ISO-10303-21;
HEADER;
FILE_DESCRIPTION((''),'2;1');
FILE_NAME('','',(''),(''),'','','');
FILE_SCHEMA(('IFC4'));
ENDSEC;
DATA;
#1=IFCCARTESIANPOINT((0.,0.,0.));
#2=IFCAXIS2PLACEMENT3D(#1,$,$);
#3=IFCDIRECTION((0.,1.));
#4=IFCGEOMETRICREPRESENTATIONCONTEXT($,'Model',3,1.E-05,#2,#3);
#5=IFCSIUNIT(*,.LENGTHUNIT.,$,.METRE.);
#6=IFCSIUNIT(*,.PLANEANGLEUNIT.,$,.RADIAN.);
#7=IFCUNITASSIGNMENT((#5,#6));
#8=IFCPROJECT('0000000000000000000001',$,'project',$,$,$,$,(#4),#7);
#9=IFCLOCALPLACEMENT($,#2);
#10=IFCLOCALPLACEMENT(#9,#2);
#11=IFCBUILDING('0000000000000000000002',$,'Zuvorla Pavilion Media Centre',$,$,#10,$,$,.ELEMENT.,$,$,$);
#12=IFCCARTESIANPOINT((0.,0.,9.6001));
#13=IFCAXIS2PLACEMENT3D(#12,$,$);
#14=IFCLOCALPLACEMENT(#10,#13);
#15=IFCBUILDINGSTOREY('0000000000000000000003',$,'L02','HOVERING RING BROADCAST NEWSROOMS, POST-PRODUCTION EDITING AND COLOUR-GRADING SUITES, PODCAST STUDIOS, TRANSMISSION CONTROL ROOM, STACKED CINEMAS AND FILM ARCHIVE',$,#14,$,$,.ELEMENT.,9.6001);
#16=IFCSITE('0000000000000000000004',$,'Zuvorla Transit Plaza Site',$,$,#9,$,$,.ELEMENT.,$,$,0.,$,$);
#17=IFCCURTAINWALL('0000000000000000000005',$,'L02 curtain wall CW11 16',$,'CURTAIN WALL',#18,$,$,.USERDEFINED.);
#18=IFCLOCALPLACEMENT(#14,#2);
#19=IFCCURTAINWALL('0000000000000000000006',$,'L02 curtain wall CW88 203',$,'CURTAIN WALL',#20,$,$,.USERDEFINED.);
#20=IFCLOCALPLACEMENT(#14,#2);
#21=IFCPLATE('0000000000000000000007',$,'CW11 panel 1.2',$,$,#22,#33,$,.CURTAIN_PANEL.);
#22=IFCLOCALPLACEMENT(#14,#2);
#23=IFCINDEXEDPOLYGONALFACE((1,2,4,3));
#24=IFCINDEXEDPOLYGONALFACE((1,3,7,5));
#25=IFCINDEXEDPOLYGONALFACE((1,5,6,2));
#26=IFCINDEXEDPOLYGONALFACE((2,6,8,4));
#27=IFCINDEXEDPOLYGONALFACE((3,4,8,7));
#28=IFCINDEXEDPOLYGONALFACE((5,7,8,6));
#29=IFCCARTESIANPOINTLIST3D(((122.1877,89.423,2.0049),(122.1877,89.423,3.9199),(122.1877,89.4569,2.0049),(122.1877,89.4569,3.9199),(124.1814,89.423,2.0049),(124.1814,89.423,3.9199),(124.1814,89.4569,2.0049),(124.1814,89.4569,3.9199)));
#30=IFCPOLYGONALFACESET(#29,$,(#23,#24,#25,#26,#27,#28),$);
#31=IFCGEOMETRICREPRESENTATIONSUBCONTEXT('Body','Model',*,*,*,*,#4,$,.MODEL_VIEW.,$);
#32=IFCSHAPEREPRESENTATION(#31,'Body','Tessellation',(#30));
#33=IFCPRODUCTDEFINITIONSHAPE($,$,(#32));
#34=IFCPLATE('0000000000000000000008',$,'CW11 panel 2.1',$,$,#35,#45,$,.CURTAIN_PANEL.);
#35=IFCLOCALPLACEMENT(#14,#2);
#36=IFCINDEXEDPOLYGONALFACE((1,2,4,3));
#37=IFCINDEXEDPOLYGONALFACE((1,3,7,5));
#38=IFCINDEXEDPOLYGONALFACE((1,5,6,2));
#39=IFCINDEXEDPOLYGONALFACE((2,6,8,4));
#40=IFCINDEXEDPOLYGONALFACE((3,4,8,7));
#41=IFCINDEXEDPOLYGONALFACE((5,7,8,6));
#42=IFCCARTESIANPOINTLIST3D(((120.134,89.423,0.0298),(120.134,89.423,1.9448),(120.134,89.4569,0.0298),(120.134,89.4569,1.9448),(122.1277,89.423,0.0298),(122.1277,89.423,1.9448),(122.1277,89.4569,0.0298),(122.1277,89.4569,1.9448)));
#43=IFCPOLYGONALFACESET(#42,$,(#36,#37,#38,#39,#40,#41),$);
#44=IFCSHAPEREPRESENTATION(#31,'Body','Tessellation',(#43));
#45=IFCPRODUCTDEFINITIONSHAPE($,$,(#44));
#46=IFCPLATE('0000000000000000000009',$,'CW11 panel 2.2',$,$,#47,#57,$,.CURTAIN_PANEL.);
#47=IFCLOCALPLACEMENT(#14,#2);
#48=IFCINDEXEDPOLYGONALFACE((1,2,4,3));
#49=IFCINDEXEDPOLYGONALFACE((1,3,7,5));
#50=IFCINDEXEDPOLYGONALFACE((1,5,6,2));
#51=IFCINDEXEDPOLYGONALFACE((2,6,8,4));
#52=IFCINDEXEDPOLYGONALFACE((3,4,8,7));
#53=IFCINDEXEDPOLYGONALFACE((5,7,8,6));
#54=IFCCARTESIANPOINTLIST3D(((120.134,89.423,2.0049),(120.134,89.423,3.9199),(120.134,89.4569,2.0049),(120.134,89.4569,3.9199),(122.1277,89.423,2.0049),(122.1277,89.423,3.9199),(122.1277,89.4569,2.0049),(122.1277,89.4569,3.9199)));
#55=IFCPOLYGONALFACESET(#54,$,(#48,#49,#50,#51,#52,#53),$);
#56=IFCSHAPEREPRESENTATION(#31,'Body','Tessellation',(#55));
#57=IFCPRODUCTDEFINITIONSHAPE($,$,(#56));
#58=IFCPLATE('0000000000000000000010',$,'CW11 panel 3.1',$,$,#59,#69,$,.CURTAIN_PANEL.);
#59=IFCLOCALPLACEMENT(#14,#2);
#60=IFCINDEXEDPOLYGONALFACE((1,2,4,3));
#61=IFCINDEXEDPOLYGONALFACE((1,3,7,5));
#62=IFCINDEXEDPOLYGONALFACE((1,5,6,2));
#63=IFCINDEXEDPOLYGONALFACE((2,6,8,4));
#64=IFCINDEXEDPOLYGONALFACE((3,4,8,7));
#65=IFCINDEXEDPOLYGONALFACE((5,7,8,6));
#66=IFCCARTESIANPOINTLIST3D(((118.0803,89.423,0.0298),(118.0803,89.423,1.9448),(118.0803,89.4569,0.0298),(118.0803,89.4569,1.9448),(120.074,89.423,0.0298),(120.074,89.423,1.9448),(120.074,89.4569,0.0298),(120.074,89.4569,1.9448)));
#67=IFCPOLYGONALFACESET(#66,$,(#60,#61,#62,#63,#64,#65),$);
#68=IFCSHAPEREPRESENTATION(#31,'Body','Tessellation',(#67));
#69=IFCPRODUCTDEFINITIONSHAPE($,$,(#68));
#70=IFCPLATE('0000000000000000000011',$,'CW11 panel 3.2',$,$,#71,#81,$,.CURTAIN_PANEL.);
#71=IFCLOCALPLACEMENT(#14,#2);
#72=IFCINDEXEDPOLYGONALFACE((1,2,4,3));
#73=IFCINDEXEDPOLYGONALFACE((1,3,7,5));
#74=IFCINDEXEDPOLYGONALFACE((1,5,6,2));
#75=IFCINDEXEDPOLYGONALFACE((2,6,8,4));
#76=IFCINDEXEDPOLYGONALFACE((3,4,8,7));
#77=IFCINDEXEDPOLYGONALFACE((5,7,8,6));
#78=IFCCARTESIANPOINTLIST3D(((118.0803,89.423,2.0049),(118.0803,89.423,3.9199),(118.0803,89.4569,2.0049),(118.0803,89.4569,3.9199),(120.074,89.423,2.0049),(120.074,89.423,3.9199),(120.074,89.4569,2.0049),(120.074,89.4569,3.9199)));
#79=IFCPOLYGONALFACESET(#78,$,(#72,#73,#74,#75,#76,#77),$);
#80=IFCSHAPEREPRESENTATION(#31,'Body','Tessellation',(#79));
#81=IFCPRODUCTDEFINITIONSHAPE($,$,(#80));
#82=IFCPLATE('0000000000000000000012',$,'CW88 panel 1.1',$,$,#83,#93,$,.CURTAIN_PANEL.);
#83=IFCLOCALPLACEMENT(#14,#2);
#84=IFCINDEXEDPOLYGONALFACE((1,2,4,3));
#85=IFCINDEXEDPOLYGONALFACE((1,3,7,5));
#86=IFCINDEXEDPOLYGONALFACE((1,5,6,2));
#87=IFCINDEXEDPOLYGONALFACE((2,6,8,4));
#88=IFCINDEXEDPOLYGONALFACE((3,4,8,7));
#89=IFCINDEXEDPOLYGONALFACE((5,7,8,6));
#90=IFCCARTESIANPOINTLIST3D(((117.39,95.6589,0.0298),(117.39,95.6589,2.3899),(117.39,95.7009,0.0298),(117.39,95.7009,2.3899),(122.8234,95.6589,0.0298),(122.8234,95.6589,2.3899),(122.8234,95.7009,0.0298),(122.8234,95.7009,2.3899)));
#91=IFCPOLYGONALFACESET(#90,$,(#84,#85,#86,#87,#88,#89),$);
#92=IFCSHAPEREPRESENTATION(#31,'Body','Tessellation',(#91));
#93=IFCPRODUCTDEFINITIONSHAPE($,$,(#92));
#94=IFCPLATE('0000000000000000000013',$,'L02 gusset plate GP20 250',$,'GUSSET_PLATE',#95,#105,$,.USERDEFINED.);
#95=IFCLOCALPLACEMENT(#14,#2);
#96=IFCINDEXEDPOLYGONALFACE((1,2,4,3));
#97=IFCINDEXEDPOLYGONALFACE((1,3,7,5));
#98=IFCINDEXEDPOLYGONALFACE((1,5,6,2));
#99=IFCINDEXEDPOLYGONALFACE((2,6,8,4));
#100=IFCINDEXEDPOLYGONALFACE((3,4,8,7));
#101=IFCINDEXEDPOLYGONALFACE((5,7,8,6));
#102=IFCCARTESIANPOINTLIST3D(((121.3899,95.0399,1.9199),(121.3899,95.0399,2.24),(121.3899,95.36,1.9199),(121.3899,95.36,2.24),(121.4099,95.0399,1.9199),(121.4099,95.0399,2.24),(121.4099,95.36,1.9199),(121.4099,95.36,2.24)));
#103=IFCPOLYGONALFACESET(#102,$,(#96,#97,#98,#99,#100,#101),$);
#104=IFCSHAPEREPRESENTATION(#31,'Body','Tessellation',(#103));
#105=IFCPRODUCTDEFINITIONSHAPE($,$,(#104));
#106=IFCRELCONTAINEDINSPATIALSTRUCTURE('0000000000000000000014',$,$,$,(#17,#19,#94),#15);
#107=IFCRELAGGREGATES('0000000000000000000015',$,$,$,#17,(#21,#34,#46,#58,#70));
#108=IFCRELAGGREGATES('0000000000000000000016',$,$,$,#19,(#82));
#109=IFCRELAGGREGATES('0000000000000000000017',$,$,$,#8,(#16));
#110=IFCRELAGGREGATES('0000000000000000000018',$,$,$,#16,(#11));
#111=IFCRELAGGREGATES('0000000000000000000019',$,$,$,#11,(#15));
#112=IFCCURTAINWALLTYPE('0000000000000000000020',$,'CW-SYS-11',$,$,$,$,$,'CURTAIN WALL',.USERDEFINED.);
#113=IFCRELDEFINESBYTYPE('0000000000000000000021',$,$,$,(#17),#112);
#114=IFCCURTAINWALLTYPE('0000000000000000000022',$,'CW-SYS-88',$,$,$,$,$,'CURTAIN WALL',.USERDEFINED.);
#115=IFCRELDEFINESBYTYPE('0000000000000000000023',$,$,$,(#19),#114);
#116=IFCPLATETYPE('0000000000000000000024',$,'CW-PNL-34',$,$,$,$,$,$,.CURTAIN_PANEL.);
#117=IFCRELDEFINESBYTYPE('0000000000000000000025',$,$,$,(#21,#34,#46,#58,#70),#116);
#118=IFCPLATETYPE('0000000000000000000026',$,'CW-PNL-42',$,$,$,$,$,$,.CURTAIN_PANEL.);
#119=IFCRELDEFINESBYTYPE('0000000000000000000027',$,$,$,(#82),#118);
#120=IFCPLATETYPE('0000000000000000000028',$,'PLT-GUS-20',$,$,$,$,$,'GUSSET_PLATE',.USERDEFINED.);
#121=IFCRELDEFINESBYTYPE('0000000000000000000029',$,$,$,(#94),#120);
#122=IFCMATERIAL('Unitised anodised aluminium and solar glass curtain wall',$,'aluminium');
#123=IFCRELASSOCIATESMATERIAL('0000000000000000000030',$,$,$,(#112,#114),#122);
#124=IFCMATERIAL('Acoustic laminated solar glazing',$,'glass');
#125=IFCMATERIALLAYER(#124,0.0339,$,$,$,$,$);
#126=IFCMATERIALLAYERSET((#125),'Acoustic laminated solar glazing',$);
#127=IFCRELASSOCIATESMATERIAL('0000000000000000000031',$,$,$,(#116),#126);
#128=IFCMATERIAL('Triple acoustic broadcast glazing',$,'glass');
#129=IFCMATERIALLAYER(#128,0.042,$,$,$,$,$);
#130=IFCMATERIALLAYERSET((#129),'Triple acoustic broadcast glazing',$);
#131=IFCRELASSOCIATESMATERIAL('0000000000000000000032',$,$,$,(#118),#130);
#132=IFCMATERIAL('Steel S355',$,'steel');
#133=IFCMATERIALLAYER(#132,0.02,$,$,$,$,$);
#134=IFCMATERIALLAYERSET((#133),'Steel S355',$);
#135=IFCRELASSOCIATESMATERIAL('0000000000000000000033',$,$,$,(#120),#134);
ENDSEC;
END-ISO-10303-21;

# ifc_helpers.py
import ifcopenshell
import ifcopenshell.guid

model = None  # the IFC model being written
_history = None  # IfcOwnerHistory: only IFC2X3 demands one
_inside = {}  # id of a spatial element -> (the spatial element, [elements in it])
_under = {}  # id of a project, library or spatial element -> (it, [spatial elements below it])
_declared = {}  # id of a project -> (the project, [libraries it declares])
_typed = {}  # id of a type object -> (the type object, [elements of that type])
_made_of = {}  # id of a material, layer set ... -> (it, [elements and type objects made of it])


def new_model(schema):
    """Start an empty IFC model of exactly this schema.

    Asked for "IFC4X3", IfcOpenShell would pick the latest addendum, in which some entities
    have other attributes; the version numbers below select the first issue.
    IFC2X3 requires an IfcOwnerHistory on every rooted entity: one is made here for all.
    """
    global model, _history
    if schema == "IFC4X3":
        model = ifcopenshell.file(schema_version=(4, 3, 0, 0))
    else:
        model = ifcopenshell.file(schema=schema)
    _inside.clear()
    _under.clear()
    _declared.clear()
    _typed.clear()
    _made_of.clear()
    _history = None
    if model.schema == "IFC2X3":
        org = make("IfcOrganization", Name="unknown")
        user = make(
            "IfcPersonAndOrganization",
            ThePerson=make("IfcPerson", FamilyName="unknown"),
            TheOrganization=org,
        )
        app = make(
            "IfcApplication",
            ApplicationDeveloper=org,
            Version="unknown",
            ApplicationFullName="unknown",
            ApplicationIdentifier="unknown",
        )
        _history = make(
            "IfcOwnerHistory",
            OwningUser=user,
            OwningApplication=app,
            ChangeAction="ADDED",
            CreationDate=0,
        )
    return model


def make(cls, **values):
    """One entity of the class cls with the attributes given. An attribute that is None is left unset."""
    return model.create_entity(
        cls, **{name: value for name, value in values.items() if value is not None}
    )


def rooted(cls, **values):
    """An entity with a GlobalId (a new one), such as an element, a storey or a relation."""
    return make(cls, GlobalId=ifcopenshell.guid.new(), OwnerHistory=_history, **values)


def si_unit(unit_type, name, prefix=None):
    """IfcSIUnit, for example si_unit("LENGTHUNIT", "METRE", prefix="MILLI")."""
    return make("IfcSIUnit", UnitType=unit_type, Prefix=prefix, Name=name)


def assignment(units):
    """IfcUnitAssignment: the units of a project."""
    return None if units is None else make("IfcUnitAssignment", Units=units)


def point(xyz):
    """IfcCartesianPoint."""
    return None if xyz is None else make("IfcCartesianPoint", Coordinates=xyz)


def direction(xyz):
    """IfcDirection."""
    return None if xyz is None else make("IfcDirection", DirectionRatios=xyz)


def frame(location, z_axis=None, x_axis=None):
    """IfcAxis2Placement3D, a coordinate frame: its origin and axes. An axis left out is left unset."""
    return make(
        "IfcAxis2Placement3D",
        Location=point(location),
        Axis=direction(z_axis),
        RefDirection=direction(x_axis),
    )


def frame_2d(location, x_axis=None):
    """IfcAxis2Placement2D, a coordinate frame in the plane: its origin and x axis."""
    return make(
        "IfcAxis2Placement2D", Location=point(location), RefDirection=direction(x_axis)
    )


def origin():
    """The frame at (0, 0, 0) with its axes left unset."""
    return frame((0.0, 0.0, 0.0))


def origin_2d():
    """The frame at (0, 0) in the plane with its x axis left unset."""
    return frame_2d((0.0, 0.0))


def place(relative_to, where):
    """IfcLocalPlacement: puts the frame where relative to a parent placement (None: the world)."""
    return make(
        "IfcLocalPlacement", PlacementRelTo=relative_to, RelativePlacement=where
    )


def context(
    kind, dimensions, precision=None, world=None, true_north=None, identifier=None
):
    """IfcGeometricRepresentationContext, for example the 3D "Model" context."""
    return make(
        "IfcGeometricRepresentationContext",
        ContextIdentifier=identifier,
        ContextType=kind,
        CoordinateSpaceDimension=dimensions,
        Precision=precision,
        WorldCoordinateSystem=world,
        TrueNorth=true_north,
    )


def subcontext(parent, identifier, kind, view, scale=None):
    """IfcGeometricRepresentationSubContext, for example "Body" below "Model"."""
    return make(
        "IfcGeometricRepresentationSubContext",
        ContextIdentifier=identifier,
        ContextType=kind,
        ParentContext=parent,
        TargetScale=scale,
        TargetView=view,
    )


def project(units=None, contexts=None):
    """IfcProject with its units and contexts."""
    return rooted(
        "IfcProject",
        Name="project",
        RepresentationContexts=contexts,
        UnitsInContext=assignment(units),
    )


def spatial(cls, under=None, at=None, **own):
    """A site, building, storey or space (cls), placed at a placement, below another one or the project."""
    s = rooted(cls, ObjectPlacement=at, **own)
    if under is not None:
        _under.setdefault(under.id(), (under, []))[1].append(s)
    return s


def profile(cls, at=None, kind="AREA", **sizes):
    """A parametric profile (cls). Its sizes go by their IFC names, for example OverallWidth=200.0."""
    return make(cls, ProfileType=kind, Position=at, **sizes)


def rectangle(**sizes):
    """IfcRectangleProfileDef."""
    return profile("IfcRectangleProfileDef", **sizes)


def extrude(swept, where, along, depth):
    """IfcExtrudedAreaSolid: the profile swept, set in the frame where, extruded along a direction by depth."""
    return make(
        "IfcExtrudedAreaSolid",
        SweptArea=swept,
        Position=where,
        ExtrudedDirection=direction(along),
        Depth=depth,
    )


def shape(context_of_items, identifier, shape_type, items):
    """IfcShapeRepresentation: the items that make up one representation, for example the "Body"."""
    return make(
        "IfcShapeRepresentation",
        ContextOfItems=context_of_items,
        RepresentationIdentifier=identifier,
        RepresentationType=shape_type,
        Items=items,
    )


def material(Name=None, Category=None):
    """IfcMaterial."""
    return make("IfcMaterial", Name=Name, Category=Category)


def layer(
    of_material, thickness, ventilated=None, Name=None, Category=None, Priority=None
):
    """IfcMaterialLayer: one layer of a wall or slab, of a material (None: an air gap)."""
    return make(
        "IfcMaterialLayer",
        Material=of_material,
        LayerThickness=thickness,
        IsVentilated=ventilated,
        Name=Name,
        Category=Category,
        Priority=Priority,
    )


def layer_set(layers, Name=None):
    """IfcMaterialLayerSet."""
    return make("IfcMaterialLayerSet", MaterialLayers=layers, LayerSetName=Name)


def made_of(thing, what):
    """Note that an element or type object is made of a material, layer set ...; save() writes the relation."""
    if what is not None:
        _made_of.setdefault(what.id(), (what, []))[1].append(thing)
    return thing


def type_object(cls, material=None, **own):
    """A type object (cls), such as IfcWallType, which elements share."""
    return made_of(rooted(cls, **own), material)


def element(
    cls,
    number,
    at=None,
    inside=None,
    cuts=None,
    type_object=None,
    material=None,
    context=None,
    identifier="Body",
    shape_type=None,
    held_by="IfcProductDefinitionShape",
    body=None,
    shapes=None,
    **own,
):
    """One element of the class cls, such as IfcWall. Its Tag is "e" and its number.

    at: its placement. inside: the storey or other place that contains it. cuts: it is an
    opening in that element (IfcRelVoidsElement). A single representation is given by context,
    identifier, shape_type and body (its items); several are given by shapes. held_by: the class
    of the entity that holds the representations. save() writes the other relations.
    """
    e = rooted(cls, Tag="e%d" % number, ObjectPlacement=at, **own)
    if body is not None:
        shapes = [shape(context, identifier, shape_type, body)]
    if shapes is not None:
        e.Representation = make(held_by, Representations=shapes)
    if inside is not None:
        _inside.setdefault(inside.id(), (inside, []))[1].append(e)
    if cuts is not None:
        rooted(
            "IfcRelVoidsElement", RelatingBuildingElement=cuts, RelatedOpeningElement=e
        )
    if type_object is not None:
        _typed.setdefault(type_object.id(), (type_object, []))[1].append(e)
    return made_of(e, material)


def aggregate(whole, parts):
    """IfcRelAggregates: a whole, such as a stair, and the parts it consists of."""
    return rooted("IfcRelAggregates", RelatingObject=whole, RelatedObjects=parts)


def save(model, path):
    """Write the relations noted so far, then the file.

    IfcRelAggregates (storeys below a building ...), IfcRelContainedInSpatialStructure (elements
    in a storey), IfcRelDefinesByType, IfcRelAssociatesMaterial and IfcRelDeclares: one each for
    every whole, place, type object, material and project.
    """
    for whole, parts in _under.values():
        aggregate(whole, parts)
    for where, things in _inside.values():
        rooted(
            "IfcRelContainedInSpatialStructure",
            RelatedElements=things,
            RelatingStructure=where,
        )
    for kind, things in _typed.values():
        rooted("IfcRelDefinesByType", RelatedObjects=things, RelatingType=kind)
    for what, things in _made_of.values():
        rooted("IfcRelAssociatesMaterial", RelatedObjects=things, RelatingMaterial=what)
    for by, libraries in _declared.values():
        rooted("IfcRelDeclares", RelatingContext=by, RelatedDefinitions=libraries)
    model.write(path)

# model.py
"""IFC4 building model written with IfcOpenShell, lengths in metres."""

from ifc_helpers import new_model, si_unit, direction, frame, origin, origin_2d, place, context, subcontext, project, spatial, rectangle, extrude, material, layer, layer_set, type_object, element, aggregate, save


model = new_model("IFC4")

# Units and contexts
model_context = context("Model", 3, precision=1e-05, world=origin(), true_north=direction((0.0, 1.0)))
body_context = subcontext(model_context, "Body", "Model", "MODEL_VIEW")
ifc_project = project(units=[si_unit("LENGTHUNIT", "METRE"), si_unit("PLANEANGLEUNIT", "RADIAN")], contexts=[model_context])

# Site, building, storey
site_placement = place(None, origin())
site = spatial("IfcSite", under=ifc_project, at=site_placement, Name="Zuvorla Transit Plaza Site", CompositionType="ELEMENT", RefElevation=0.0)
building_placement = place(site_placement, origin())
building = spatial("IfcBuilding", under=site, at=building_placement, Name="Zuvorla Pavilion Media Centre", CompositionType="ELEMENT")
storey_placement = place(building_placement, frame((0.0, 0.0, 9.6001)))
storey = spatial("IfcBuildingStorey", under=building, at=storey_placement, Name="L02", Description="HOVERING RING BROADCAST NEWSROOMS, POST-PRODUCTION EDITING AND COLOUR-GRADING SUITES, PODCAST STUDIOS, TRANSMISSION CONTROL ROOM, STACKED CINEMAS AND FILM ARCHIVE", CompositionType="ELEMENT", Elevation=9.6001)

# Shared definitions
ifc_material_1 = material(Name="Steel S355", Category="steel")

# Curtain wall
ifc_material_2 = material(Name="Unitised anodised aluminium and solar glass curtain wall", Category="aluminium")
curtain_wall_type_1 = type_object("IfcCurtainWallType", Name="CW-SYS-11", ElementType="CURTAIN WALL", PredefinedType="USERDEFINED", material=ifc_material_2)
curtain_wall_1_placement = place(storey_placement, origin())
curtain_wall_1 = element("IfcCurtainWall", 1, at=curtain_wall_1_placement, inside=storey, type_object=curtain_wall_type_1, Name="L02 curtain wall CW11 16", ObjectType="CURTAIN WALL", PredefinedType="USERDEFINED")

# Curtain wall
curtain_wall_type_2 = type_object("IfcCurtainWallType", Name="CW-SYS-88", ElementType="CURTAIN WALL", PredefinedType="USERDEFINED", material=ifc_material_2)
curtain_wall_2_placement = place(storey_placement, origin())
curtain_wall_2 = element("IfcCurtainWall", 2, at=curtain_wall_2_placement, inside=storey, type_object=curtain_wall_type_2, Name="L02 curtain wall CW88 203", ObjectType="CURTAIN WALL", PredefinedType="USERDEFINED")

# Plates
ifc_material_3 = material(Name="Acoustic laminated solar glazing", Category="glass")
ifc_layer_1 = layer(ifc_material_3, 0.0339)
ifc_layer_set_1 = layer_set([ifc_layer_1], Name="Acoustic laminated solar glazing")
plate_type_1 = type_object("IfcPlateType", Name="CW-PNL-34", PredefinedType="CURTAIN_PANEL", material=ifc_layer_set_1)
plate_1_placement = place(storey_placement, frame((123.1846, 89.4399, 2.0049), z_axis=(0.0, 0.0, 1.0), x_axis=(-1.0, 0.0, 0.0)))
plate_1 = element("IfcPlate", 3, at=plate_1_placement, type_object=plate_type_1, Name="CW11 panel 1.2", PredefinedType="CURTAIN_PANEL", context=body_context, shape_type="SweptSolid", body=[
    extrude(rectangle(XDim=1.9937, YDim=0.0339, at=origin_2d()), origin(), (0.0, 0.0, 1.0), 1.915),
])
plate_2_placement = place(storey_placement, frame((121.1309, 89.4399, 0.0298), z_axis=(0.0, 0.0, 1.0), x_axis=(-1.0, 0.0, 0.0)))
plate_2 = element("IfcPlate", 4, at=plate_2_placement, type_object=plate_type_1, Name="CW11 panel 2.1", PredefinedType="CURTAIN_PANEL", context=body_context, shape_type="SweptSolid", body=[
    extrude(rectangle(XDim=1.9937, YDim=0.0339, at=origin_2d()), origin(), (0.0, 0.0, 1.0), 1.915),
])
plate_3_placement = place(storey_placement, frame((121.1309, 89.4399, 2.0049), z_axis=(0.0, 0.0, 1.0), x_axis=(-1.0, 0.0, 0.0)))
plate_3 = element("IfcPlate", 5, at=plate_3_placement, type_object=plate_type_1, Name="CW11 panel 2.2", PredefinedType="CURTAIN_PANEL", context=body_context, shape_type="SweptSolid", body=[
    extrude(rectangle(XDim=1.9937, YDim=0.0339, at=origin_2d()), origin(), (0.0, 0.0, 1.0), 1.915),
])
plate_4_placement = place(storey_placement, frame((119.0771, 89.4399, 0.0298), z_axis=(0.0, 0.0, 1.0), x_axis=(-1.0, 0.0, 0.0)))
plate_4 = element("IfcPlate", 6, at=plate_4_placement, type_object=plate_type_1, Name="CW11 panel 3.1", PredefinedType="CURTAIN_PANEL", context=body_context, shape_type="SweptSolid", body=[
    extrude(rectangle(XDim=1.9937, YDim=0.0339, at=origin_2d()), origin(), (0.0, 0.0, 1.0), 1.915),
])
plate_5_placement = place(storey_placement, frame((119.0771, 89.4399, 2.0049), z_axis=(0.0, 0.0, 1.0), x_axis=(-1.0, 0.0, 0.0)))
plate_5 = element("IfcPlate", 7, at=plate_5_placement, type_object=plate_type_1, Name="CW11 panel 3.2", PredefinedType="CURTAIN_PANEL", context=body_context, shape_type="SweptSolid", body=[
    extrude(rectangle(XDim=1.9937, YDim=0.0339, at=origin_2d()), origin(), (0.0, 0.0, 1.0), 1.915),
])
aggregate(curtain_wall_1, [plate_1, plate_2, plate_3, plate_4, plate_5])
ifc_material_4 = material(Name="Triple acoustic broadcast glazing", Category="glass")
ifc_layer_2 = layer(ifc_material_4, 0.042)
ifc_layer_set_2 = layer_set([ifc_layer_2], Name="Triple acoustic broadcast glazing")
plate_type_2 = type_object("IfcPlateType", Name="CW-PNL-42", PredefinedType="CURTAIN_PANEL", material=ifc_layer_set_2)
plate_6_placement = place(storey_placement, frame((120.1067, 95.6799, 0.0298), z_axis=(0.0, 0.0, 1.0), x_axis=(1.0, 0.0, 0.0)))
plate_6 = element("IfcPlate", 8, at=plate_6_placement, type_object=plate_type_2, Name="CW88 panel 1.1", PredefinedType="CURTAIN_PANEL", context=body_context, shape_type="SweptSolid", body=[
    extrude(rectangle(XDim=5.4333, YDim=0.042, at=origin_2d()), origin(), (0.0, 0.0, 1.0), 2.3601),
])
aggregate(curtain_wall_2, [plate_6])
ifc_layer_3 = layer(ifc_material_1, 0.02)
ifc_layer_set_3 = layer_set([ifc_layer_3], Name="Steel S355")
plate_type_3 = type_object("IfcPlateType", Name="PLT-GUS-20", ElementType="GUSSET_PLATE", PredefinedType="USERDEFINED", material=ifc_layer_set_3)
plate_7_placement = place(storey_placement, frame((121.3999, 95.2, 1.9199), z_axis=(0.0, 0.0, 1.0), x_axis=(1.0, 0.0, 0.0)))
element("IfcPlate", 9, at=plate_7_placement, inside=storey, type_object=plate_type_3, Name="L02 gusset plate GP20 250", ObjectType="GUSSET_PLATE", PredefinedType="USERDEFINED", context=body_context, shape_type="SweptSolid", body=[
    extrude(rectangle(XDim=0.02, YDim=0.3201, at=origin_2d()), origin(), (0.0, 0.0, 1.0), 0.3201),
])

save(model, "model.ifc")
